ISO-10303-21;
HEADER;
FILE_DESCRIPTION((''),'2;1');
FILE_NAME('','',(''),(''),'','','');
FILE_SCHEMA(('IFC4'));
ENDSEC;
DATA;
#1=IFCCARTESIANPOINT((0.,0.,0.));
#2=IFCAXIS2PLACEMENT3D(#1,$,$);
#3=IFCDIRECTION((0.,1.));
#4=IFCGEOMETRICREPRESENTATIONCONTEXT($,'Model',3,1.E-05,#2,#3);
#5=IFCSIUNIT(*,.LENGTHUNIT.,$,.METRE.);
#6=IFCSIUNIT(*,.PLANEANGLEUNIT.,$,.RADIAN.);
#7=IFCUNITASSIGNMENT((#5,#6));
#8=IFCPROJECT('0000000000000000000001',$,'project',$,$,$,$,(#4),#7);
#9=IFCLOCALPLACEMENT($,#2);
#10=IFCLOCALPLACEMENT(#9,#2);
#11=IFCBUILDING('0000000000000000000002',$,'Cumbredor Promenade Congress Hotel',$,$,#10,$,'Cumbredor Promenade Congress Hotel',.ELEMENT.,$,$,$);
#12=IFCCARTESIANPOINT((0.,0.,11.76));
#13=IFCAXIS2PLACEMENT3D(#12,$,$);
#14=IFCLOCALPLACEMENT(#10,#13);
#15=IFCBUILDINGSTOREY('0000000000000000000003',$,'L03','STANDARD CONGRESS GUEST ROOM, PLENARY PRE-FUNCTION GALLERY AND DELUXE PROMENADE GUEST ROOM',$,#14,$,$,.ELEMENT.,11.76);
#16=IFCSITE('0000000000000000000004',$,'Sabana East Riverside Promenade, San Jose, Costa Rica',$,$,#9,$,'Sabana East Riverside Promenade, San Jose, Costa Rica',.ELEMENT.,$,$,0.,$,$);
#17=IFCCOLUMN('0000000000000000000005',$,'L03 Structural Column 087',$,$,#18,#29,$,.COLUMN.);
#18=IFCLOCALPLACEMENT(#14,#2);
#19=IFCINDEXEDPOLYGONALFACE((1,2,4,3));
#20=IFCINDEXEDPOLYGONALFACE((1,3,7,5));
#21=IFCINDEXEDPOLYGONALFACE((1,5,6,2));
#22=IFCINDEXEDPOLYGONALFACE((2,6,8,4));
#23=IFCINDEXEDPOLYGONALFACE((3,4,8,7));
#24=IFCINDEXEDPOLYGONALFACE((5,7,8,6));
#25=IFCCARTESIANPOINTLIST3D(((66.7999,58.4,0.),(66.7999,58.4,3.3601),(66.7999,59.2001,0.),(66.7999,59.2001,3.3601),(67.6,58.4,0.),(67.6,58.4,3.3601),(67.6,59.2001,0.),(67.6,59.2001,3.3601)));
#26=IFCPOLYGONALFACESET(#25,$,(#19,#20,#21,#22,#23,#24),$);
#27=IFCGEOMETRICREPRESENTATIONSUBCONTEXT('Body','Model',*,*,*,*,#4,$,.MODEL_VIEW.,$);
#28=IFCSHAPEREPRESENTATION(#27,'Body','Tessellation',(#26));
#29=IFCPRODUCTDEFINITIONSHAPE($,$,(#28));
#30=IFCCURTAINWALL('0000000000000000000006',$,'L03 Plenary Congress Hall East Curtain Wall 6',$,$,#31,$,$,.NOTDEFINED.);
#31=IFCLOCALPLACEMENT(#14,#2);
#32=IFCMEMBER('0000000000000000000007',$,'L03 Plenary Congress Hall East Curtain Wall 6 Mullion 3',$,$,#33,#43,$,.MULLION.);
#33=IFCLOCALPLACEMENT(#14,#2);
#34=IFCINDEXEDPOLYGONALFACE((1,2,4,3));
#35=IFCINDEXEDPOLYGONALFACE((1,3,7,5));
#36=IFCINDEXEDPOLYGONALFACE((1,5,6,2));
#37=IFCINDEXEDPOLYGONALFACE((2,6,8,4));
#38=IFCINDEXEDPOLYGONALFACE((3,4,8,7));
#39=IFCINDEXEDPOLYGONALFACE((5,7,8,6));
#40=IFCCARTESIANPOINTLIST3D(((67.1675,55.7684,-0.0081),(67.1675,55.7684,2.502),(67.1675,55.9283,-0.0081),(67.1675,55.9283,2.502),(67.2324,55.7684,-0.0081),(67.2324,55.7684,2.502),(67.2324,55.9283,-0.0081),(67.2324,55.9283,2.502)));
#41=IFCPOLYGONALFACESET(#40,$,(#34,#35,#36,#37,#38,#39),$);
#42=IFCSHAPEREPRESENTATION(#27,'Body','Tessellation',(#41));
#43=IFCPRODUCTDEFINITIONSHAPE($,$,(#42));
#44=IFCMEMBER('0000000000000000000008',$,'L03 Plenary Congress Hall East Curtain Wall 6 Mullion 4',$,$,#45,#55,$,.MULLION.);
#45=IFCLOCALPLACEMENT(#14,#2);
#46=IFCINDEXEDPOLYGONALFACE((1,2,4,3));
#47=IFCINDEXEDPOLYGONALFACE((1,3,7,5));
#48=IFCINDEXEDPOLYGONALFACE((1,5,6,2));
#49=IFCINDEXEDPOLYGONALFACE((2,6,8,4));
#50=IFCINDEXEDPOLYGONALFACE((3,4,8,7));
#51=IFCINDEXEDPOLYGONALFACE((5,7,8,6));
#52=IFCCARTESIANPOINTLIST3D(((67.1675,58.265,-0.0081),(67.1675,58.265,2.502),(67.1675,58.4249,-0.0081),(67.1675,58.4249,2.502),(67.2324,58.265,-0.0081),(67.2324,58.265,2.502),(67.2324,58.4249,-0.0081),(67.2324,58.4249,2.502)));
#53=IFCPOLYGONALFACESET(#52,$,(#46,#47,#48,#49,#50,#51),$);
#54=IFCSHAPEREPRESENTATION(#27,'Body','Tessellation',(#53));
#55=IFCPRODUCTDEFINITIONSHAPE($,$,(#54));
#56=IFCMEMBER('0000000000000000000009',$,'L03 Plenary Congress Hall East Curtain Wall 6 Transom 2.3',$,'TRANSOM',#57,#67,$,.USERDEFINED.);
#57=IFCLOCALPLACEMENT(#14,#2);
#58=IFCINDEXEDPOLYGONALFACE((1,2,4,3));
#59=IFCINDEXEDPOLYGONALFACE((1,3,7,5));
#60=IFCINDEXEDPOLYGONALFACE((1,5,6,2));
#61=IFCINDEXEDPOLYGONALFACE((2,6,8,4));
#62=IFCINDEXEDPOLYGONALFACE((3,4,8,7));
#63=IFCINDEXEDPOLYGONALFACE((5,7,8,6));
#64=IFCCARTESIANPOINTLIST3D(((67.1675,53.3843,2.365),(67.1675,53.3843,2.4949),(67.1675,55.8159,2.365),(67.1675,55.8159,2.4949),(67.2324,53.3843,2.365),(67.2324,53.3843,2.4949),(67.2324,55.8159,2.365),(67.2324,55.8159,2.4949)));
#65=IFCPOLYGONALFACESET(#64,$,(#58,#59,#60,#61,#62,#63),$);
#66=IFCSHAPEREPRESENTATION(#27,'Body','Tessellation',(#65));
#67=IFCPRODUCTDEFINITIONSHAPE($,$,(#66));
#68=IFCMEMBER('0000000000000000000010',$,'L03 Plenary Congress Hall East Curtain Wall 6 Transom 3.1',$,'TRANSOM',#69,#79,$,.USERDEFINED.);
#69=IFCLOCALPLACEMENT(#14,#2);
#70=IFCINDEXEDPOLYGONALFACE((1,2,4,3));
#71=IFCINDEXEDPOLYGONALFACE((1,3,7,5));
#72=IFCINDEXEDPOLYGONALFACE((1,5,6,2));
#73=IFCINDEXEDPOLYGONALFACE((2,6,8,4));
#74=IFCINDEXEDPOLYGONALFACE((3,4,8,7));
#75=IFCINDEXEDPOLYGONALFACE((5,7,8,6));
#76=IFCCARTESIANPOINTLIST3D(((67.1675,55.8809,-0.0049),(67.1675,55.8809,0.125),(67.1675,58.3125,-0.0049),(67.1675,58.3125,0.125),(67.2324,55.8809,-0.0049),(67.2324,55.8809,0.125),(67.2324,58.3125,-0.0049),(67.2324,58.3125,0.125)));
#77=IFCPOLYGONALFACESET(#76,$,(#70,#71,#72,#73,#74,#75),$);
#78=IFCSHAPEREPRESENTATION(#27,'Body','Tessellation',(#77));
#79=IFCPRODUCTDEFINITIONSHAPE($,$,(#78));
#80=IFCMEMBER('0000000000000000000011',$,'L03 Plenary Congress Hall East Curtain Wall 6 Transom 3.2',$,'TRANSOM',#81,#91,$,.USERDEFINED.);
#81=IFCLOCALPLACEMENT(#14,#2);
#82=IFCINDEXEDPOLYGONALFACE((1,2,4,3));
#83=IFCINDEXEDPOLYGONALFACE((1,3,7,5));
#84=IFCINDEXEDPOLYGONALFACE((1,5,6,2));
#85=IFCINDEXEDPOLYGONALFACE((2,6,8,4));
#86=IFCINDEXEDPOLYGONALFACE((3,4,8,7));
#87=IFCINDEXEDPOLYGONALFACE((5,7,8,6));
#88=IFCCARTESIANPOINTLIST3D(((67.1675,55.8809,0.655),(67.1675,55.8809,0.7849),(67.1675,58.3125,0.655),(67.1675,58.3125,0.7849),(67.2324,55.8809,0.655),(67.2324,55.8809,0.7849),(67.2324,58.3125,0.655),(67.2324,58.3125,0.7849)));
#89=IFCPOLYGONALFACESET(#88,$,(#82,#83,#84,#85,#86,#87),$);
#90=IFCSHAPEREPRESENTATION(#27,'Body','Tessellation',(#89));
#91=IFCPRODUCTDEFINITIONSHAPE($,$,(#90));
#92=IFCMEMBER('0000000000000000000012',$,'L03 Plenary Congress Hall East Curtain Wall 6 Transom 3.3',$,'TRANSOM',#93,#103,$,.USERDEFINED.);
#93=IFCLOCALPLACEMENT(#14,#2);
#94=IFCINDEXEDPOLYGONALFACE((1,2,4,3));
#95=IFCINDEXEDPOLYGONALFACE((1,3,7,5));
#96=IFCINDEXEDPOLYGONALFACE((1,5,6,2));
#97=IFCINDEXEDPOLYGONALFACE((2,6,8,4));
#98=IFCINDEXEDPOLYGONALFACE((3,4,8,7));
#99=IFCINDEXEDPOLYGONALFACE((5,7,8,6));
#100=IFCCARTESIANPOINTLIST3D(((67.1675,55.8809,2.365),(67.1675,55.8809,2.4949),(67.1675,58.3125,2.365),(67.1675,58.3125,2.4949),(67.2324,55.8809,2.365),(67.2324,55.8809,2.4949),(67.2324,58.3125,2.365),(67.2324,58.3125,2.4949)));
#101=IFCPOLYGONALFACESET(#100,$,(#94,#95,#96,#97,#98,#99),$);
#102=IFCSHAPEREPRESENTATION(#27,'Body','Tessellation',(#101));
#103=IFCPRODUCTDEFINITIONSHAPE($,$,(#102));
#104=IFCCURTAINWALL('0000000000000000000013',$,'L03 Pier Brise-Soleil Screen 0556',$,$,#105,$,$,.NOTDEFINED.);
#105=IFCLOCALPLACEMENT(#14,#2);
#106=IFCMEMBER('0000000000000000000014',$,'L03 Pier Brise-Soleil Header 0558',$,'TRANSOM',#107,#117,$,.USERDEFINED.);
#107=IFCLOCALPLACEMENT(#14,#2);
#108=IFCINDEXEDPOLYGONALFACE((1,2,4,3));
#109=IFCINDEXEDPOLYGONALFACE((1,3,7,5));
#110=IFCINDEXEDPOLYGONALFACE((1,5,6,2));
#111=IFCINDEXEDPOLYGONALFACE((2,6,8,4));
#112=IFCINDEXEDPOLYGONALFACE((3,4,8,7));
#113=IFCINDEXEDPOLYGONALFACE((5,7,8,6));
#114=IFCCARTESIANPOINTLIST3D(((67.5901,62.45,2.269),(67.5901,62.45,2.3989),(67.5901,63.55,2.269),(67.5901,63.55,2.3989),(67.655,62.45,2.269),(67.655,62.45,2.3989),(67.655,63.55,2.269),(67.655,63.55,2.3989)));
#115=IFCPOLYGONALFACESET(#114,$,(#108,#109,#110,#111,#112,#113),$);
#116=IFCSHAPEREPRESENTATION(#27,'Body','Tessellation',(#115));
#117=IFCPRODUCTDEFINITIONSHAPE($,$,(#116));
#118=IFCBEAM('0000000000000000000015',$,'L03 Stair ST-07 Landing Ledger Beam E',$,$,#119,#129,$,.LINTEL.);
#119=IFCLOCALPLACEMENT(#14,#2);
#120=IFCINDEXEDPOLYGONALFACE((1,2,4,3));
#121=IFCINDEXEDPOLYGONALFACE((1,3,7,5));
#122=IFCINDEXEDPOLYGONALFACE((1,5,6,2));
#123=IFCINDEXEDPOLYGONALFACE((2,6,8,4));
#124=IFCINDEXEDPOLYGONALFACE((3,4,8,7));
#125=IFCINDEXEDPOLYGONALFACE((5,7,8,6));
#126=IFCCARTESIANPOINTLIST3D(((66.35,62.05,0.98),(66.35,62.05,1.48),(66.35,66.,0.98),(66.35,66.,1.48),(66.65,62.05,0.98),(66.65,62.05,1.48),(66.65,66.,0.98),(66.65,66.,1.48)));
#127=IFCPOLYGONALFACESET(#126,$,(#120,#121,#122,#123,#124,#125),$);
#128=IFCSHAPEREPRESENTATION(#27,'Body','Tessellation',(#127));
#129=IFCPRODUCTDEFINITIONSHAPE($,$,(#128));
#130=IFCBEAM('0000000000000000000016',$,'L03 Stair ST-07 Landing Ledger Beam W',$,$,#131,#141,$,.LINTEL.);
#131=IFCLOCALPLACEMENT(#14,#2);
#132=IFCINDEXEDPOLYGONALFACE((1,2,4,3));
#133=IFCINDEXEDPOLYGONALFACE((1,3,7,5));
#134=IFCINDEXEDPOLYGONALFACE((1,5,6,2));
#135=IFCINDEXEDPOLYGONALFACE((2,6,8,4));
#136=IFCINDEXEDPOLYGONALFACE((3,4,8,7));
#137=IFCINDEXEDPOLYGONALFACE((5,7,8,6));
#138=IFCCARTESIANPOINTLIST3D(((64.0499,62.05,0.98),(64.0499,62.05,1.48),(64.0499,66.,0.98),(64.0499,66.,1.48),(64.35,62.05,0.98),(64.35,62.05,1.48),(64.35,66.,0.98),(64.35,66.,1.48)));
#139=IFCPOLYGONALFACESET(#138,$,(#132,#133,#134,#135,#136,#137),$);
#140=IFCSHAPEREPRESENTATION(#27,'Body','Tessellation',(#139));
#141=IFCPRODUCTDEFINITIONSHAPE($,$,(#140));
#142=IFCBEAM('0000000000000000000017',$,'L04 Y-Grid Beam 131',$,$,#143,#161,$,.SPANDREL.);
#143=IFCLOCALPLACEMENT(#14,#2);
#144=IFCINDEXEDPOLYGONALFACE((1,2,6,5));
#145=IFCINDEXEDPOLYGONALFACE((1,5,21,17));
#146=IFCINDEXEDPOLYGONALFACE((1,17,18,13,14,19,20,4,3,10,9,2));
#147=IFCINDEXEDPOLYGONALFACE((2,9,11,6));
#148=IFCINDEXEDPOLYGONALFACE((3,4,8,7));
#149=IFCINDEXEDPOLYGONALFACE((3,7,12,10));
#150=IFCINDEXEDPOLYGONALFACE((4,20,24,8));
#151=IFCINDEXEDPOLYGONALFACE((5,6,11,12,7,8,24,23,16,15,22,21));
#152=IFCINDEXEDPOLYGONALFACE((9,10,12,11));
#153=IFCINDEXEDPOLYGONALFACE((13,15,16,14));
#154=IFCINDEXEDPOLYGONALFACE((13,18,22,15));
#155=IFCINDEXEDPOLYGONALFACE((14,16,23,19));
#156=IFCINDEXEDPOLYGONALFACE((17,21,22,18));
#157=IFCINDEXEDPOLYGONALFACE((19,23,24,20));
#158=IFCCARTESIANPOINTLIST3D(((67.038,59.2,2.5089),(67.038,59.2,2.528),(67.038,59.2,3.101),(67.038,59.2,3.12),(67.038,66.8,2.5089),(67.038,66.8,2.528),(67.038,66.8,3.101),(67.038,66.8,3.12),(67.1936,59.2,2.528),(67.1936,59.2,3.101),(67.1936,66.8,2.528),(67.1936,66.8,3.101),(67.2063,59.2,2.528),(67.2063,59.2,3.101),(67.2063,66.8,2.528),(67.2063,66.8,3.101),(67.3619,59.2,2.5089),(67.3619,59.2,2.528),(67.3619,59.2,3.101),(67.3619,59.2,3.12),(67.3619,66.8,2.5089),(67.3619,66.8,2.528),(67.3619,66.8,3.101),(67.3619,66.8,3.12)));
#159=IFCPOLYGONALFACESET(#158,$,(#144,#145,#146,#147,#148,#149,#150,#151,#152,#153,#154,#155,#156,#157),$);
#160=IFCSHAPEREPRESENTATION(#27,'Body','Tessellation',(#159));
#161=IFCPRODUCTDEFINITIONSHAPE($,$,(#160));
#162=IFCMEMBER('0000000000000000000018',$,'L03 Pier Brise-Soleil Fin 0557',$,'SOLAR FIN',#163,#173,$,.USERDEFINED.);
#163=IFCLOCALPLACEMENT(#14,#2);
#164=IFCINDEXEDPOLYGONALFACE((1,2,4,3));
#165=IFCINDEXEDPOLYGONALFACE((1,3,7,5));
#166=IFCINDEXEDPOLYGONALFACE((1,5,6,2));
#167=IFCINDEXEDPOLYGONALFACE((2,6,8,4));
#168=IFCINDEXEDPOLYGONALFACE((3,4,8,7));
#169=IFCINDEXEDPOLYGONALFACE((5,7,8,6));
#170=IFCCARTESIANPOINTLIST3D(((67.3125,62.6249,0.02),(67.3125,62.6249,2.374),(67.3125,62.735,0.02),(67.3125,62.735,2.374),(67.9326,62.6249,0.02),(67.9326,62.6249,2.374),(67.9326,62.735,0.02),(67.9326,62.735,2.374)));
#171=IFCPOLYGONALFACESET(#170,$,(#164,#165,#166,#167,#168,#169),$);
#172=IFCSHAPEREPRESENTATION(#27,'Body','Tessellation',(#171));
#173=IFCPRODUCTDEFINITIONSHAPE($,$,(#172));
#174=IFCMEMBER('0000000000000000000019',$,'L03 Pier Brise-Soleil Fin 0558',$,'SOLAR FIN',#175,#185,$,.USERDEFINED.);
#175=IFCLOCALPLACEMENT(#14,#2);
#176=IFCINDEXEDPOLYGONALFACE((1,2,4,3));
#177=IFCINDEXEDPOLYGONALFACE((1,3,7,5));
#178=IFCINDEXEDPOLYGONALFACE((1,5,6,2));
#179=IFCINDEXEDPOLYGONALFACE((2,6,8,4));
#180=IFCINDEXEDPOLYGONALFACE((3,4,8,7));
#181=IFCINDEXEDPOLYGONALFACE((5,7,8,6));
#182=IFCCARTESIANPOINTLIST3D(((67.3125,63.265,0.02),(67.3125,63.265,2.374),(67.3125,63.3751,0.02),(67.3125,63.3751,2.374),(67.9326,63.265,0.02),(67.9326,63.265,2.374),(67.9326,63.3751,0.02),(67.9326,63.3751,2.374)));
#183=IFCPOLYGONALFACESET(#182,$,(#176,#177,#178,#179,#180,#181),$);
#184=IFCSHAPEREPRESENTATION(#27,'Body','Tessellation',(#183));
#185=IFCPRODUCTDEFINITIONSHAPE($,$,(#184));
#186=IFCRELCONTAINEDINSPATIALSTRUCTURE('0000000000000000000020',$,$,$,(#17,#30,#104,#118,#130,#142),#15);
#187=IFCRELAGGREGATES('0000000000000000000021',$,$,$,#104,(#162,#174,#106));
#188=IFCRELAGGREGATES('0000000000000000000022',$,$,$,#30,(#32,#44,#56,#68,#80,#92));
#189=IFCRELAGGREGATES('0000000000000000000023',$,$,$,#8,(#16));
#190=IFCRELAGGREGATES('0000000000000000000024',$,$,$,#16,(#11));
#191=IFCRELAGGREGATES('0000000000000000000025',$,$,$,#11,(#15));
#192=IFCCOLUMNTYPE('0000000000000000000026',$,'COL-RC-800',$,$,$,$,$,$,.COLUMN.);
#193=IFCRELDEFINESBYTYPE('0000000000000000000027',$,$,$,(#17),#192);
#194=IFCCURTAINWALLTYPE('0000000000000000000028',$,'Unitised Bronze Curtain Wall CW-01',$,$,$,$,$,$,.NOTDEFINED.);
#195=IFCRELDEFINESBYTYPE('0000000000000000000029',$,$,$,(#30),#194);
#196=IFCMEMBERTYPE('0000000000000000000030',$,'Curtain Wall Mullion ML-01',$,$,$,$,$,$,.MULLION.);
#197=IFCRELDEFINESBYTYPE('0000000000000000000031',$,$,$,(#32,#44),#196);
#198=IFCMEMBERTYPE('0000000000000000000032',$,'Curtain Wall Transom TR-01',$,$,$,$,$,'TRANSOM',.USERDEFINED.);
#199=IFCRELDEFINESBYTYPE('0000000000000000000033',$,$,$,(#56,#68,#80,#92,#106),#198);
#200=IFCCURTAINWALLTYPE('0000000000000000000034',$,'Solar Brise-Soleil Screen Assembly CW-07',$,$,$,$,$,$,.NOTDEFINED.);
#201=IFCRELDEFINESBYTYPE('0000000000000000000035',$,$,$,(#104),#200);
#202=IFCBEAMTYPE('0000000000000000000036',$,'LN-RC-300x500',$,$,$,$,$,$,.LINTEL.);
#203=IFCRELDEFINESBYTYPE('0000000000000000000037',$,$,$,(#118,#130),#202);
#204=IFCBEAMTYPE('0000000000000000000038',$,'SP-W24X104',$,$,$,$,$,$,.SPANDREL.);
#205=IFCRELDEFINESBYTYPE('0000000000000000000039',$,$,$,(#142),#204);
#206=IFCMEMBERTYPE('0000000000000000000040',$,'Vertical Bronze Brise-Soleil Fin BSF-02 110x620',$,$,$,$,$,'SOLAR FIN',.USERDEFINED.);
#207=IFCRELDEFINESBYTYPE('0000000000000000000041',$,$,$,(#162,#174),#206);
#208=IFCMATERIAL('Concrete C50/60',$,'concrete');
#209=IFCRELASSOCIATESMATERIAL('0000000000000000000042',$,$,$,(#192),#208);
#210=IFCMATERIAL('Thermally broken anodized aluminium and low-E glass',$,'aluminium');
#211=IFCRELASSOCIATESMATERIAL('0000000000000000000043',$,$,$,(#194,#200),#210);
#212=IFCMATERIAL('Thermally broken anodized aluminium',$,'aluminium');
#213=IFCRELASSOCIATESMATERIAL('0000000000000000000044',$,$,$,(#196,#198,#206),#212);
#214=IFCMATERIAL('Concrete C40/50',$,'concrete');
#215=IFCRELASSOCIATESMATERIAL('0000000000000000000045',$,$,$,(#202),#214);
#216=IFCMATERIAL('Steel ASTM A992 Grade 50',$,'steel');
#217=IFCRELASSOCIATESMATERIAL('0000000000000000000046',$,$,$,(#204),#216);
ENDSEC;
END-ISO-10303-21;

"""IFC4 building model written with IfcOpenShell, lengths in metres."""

from ifc_helpers import new_model, si_unit, direction, frame, origin, origin_2d, place, context, subcontext, project, spatial, rectangle, i_section, extrude, material, material_profile, profile_set, type_object, element, aggregate, save


model = new_model("IFC4")

# Units and contexts
model_context = context("Model", 3, precision=1e-05, world=origin(), true_north=direction((0.0, 1.0)))
body_context = subcontext(model_context, "Body", "Model", "MODEL_VIEW")
ifc_project = project(units=[si_unit("LENGTHUNIT", "METRE"), si_unit("PLANEANGLEUNIT", "RADIAN")], contexts=[model_context])

# Site, building, storey
site_placement = place(None, origin())
site = spatial("IfcSite", under=ifc_project, at=site_placement, Name="Sabana East Riverside Promenade, San Jose, Costa Rica", LongName="Sabana East Riverside Promenade, San Jose, Costa Rica", CompositionType="ELEMENT", RefElevation=0.0)
building_placement = place(site_placement, origin())
building = spatial("IfcBuilding", under=site, at=building_placement, Name="Cumbredor Promenade Congress Hotel", LongName="Cumbredor Promenade Congress Hotel", CompositionType="ELEMENT")
storey_placement = place(building_placement, frame((0.0, 0.0, 11.76)))
storey = spatial("IfcBuildingStorey", under=building, at=storey_placement, Name="L03", Description="STANDARD CONGRESS GUEST ROOM, PLENARY PRE-FUNCTION GALLERY AND DELUXE PROMENADE GUEST ROOM", CompositionType="ELEMENT", Elevation=11.76)

# Column
ifc_material_1 = material(Name="Concrete C50/60", Category="concrete")
ifc_material_profile_1 = material_profile(ifc_material_1, rectangle(XDim=0.8, YDim=0.8, at=origin_2d()), Name="RC 800x800")
ifc_profile_set_1 = profile_set([ifc_material_profile_1], Name="Concrete C50/60")
column_type = type_object("IfcColumnType", Name="COL-RC-800", PredefinedType="COLUMN", material=ifc_profile_set_1)
column_placement = place(storey_placement, frame((67.2, 58.8, 0.0), z_axis=(0.0, 0.0, 1.0), x_axis=(1.0, 0.0, 0.0)))
element("IfcColumn", 1, at=column_placement, inside=storey, type_object=column_type, Name="L03 Structural Column 087", PredefinedType="COLUMN", context=body_context, shape_type="SweptSolid", body=[
    extrude(rectangle(XDim=0.8, YDim=0.8, at=origin_2d()), origin(), (0.0, 0.0, 1.0), 3.3601),
])

# Curtain wall, members
ifc_material_2 = material(Name="Thermally broken anodized aluminium and low-E glass", Category="aluminium")
curtain_wall_type_1 = type_object("IfcCurtainWallType", Name="Unitised Bronze Curtain Wall CW-01", PredefinedType="NOTDEFINED", material=ifc_material_2)
curtain_wall_1_placement = place(storey_placement, origin())
curtain_wall_1 = element("IfcCurtainWall", 2, at=curtain_wall_1_placement, inside=storey, type_object=curtain_wall_type_1, Name="L03 Plenary Congress Hall East Curtain Wall 6", PredefinedType="NOTDEFINED")
ifc_material_3 = material(Name="Thermally broken anodized aluminium", Category="aluminium")
ifc_material_profile_2 = material_profile(ifc_material_3, rectangle(XDim=0.0649, YDim=0.1599, at=origin_2d()), Name="ALU MULLION 65x160")
ifc_profile_set_2 = profile_set([ifc_material_profile_2], Name="Thermally broken anodized aluminium")
member_type_1 = type_object("IfcMemberType", Name="Curtain Wall Mullion ML-01", PredefinedType="MULLION", material=ifc_profile_set_2)
member_1_placement = place(storey_placement, frame((67.2, 55.8484, -0.0081), z_axis=(0.0, 0.0, 1.0), x_axis=(1.0, 0.0, 0.0)))
member_1 = element("IfcMember", 3, at=member_1_placement, type_object=member_type_1, Name="L03 Plenary Congress Hall East Curtain Wall 6 Mullion 3", PredefinedType="MULLION", context=body_context, shape_type="SweptSolid", body=[
    extrude(rectangle(XDim=0.0649, YDim=0.1599, at=origin_2d()), origin(), (0.0, 0.0, 1.0), 2.51),
])
member_2_placement = place(storey_placement, frame((67.2, 58.345, -0.0081), z_axis=(0.0, 0.0, 1.0), x_axis=(1.0, 0.0, 0.0)))
member_2 = element("IfcMember", 4, at=member_2_placement, type_object=member_type_1, Name="L03 Plenary Congress Hall East Curtain Wall 6 Mullion 4", PredefinedType="MULLION", context=body_context, shape_type="SweptSolid", body=[
    extrude(rectangle(XDim=0.0649, YDim=0.1599, at=origin_2d()), origin(), (0.0, 0.0, 1.0), 2.51),
])
ifc_material_profile_3 = material_profile(ifc_material_3, rectangle(XDim=0.0649, YDim=0.1299, at=origin_2d()), Name="ALU TRANSOM 65x130")
ifc_profile_set_3 = profile_set([ifc_material_profile_3], Name="Thermally broken anodized aluminium")
member_type_2 = type_object("IfcMemberType", Name="Curtain Wall Transom TR-01", ElementType="TRANSOM", PredefinedType="USERDEFINED", material=ifc_profile_set_3)
member_3_placement = place(storey_placement, frame((67.2, 53.3843, 2.4299), z_axis=(0.0, 1.0, 0.0), x_axis=(-1.0, 0.0, 0.0)))
member_3 = element("IfcMember", 5, at=member_3_placement, type_object=member_type_2, Name="L03 Plenary Congress Hall East Curtain Wall 6 Transom 2.3", ObjectType="TRANSOM", PredefinedType="USERDEFINED", context=body_context, shape_type="SweptSolid", body=[
    extrude(rectangle(XDim=0.0649, YDim=0.1299, at=origin_2d()), origin(), (0.0, 0.0, 1.0), 2.4316),
])
member_4_placement = place(storey_placement, frame((67.2, 55.8809, 0.0601), z_axis=(0.0, 1.0, 0.0), x_axis=(-1.0, 0.0, 0.0)))
member_4 = element("IfcMember", 6, at=member_4_placement, type_object=member_type_2, Name="L03 Plenary Congress Hall East Curtain Wall 6 Transom 3.1", ObjectType="TRANSOM", PredefinedType="USERDEFINED", context=body_context, shape_type="SweptSolid", body=[
    extrude(rectangle(XDim=0.0649, YDim=0.1299, at=origin_2d()), origin(), (0.0, 0.0, 1.0), 2.4316),
])
member_5_placement = place(storey_placement, frame((67.2, 55.8809, 0.72), z_axis=(0.0, 1.0, 0.0), x_axis=(-1.0, 0.0, 0.0)))
member_5 = element("IfcMember", 7, at=member_5_placement, type_object=member_type_2, Name="L03 Plenary Congress Hall East Curtain Wall 6 Transom 3.2", ObjectType="TRANSOM", PredefinedType="USERDEFINED", context=body_context, shape_type="SweptSolid", body=[
    extrude(rectangle(XDim=0.0649, YDim=0.1299, at=origin_2d()), origin(), (0.0, 0.0, 1.0), 2.4316),
])
member_6_placement = place(storey_placement, frame((67.2, 55.8809, 2.4299), z_axis=(0.0, 1.0, 0.0), x_axis=(-1.0, 0.0, 0.0)))
member_6 = element("IfcMember", 8, at=member_6_placement, type_object=member_type_2, Name="L03 Plenary Congress Hall East Curtain Wall 6 Transom 3.3", ObjectType="TRANSOM", PredefinedType="USERDEFINED", context=body_context, shape_type="SweptSolid", body=[
    extrude(rectangle(XDim=0.0649, YDim=0.1299, at=origin_2d()), origin(), (0.0, 0.0, 1.0), 2.4316),
])

# Curtain wall, member
curtain_wall_type_2 = type_object("IfcCurtainWallType", Name="Solar Brise-Soleil Screen Assembly CW-07", PredefinedType="NOTDEFINED", material=ifc_material_2)
curtain_wall_2_placement = place(storey_placement, origin())
curtain_wall_2 = element("IfcCurtainWall", 9, at=curtain_wall_2_placement, inside=storey, type_object=curtain_wall_type_2, Name="L03 Pier Brise-Soleil Screen 0556", PredefinedType="NOTDEFINED")
member_7_placement = place(storey_placement, frame((67.6226, 62.45, 2.334), z_axis=(0.0, 1.0, 0.0), x_axis=(-1.0, 0.0, 0.0)))
member_7 = element("IfcMember", 10, at=member_7_placement, type_object=member_type_2, Name="L03 Pier Brise-Soleil Header 0558", ObjectType="TRANSOM", PredefinedType="USERDEFINED", context=body_context, shape_type="SweptSolid", body=[
    extrude(rectangle(XDim=0.0649, YDim=0.1299, at=origin_2d()), origin(), (0.0, 0.0, 1.0), 1.1001),
])

# Beams
ifc_material_4 = material(Name="Concrete C40/50", Category="concrete")
ifc_material_profile_4 = material_profile(ifc_material_4, rectangle(XDim=0.3, YDim=0.5, at=origin_2d()), Name="RC LINTEL 300x500")
ifc_profile_set_4 = profile_set([ifc_material_profile_4], Name="Concrete C40/50")
beam_type_1 = type_object("IfcBeamType", Name="LN-RC-300x500", PredefinedType="LINTEL", material=ifc_profile_set_4)
for number, where, z_axis, x_axis, name in (
    (11, (66.5, 62.05, 1.23), (0.0, 1.0, 0.0), (-1.0, 0.0, 0.0), "L03 Stair ST-07 Landing Ledger Beam E"),
    (12, (64.2, 62.05, 1.23), (0.0, 1.0, 0.0), (-1.0, 0.0, 0.0), "L03 Stair ST-07 Landing Ledger Beam W"),
):
    element("IfcBeam", number, at=place(storey_placement, frame(where, z_axis=z_axis, x_axis=x_axis)), inside=storey, type_object=beam_type_1, Name=name, PredefinedType="LINTEL", context=body_context, shape_type="SweptSolid", body=[
        extrude(rectangle(XDim=0.3, YDim=0.5, at=origin_2d()), origin(), (0.0, 0.0, 1.0), 3.95),
    ])
ifc_material_5 = material(Name="Steel ASTM A992 Grade 50", Category="steel")
ifc_material_profile_5 = material_profile(ifc_material_5, i_section(OverallWidth=0.324, OverallDepth=0.6111, WebThickness=0.0127, FlangeThickness=0.019, at=origin_2d()), Name="W24X104")
ifc_profile_set_5 = profile_set([ifc_material_profile_5], Name="Steel ASTM A992 Grade 50")
beam_type_2 = type_object("IfcBeamType", Name="SP-W24X104", PredefinedType="SPANDREL", material=ifc_profile_set_5)
beam_placement = place(storey_placement, frame((67.2, 59.2, 2.8145), z_axis=(0.0, 1.0, 0.0), x_axis=(-1.0, 0.0, 0.0)))
element("IfcBeam", 13, at=beam_placement, inside=storey, type_object=beam_type_2, Name="L04 Y-Grid Beam 131", PredefinedType="SPANDREL", context=body_context, shape_type="SweptSolid", body=[
    extrude(i_section(OverallWidth=0.324, OverallDepth=0.6111, WebThickness=0.0127, FlangeThickness=0.019, at=origin_2d()), origin(), (0.0, 0.0, 1.0), 7.6001),
])

# Members
ifc_material_profile_6 = material_profile(ifc_material_3, rectangle(XDim=0.1101, YDim=0.6201, at=origin_2d()), Name="ARCH FIN 110x620")
ifc_profile_set_6 = profile_set([ifc_material_profile_6], Name="Thermally broken anodized aluminium")
member_type_3 = type_object("IfcMemberType", Name="Vertical Bronze Brise-Soleil Fin BSF-02 110x620", ElementType="SOLAR FIN", PredefinedType="USERDEFINED", material=ifc_profile_set_6)
member_8_placement = place(storey_placement, frame((67.6226, 62.6799, 0.02), z_axis=(0.0, 0.0, 1.0), x_axis=(0.0, 1.0, 0.0)))
member_8 = element("IfcMember", 14, at=member_8_placement, type_object=member_type_3, Name="L03 Pier Brise-Soleil Fin 0557", ObjectType="SOLAR FIN", PredefinedType="USERDEFINED", context=body_context, shape_type="SweptSolid", body=[
    extrude(rectangle(XDim=0.1101, YDim=0.6201, at=origin_2d()), origin(), (0.0, 0.0, 1.0), 2.354),
])
member_9_placement = place(storey_placement, frame((67.6226, 63.3201, 0.02), z_axis=(0.0, 0.0, 1.0), x_axis=(0.0, 1.0, 0.0)))
member_9 = element("IfcMember", 15, at=member_9_placement, type_object=member_type_3, Name="L03 Pier Brise-Soleil Fin 0558", ObjectType="SOLAR FIN", PredefinedType="USERDEFINED", context=body_context, shape_type="SweptSolid", body=[
    extrude(rectangle(XDim=0.1101, YDim=0.6201, at=origin_2d()), origin(), (0.0, 0.0, 1.0), 2.354),
])
aggregate(curtain_wall_2, [member_8, member_9, member_7])

aggregate(curtain_wall_1, [member_1, member_2, member_3, member_4, member_5, member_6])

save(model, "model.ifc")
